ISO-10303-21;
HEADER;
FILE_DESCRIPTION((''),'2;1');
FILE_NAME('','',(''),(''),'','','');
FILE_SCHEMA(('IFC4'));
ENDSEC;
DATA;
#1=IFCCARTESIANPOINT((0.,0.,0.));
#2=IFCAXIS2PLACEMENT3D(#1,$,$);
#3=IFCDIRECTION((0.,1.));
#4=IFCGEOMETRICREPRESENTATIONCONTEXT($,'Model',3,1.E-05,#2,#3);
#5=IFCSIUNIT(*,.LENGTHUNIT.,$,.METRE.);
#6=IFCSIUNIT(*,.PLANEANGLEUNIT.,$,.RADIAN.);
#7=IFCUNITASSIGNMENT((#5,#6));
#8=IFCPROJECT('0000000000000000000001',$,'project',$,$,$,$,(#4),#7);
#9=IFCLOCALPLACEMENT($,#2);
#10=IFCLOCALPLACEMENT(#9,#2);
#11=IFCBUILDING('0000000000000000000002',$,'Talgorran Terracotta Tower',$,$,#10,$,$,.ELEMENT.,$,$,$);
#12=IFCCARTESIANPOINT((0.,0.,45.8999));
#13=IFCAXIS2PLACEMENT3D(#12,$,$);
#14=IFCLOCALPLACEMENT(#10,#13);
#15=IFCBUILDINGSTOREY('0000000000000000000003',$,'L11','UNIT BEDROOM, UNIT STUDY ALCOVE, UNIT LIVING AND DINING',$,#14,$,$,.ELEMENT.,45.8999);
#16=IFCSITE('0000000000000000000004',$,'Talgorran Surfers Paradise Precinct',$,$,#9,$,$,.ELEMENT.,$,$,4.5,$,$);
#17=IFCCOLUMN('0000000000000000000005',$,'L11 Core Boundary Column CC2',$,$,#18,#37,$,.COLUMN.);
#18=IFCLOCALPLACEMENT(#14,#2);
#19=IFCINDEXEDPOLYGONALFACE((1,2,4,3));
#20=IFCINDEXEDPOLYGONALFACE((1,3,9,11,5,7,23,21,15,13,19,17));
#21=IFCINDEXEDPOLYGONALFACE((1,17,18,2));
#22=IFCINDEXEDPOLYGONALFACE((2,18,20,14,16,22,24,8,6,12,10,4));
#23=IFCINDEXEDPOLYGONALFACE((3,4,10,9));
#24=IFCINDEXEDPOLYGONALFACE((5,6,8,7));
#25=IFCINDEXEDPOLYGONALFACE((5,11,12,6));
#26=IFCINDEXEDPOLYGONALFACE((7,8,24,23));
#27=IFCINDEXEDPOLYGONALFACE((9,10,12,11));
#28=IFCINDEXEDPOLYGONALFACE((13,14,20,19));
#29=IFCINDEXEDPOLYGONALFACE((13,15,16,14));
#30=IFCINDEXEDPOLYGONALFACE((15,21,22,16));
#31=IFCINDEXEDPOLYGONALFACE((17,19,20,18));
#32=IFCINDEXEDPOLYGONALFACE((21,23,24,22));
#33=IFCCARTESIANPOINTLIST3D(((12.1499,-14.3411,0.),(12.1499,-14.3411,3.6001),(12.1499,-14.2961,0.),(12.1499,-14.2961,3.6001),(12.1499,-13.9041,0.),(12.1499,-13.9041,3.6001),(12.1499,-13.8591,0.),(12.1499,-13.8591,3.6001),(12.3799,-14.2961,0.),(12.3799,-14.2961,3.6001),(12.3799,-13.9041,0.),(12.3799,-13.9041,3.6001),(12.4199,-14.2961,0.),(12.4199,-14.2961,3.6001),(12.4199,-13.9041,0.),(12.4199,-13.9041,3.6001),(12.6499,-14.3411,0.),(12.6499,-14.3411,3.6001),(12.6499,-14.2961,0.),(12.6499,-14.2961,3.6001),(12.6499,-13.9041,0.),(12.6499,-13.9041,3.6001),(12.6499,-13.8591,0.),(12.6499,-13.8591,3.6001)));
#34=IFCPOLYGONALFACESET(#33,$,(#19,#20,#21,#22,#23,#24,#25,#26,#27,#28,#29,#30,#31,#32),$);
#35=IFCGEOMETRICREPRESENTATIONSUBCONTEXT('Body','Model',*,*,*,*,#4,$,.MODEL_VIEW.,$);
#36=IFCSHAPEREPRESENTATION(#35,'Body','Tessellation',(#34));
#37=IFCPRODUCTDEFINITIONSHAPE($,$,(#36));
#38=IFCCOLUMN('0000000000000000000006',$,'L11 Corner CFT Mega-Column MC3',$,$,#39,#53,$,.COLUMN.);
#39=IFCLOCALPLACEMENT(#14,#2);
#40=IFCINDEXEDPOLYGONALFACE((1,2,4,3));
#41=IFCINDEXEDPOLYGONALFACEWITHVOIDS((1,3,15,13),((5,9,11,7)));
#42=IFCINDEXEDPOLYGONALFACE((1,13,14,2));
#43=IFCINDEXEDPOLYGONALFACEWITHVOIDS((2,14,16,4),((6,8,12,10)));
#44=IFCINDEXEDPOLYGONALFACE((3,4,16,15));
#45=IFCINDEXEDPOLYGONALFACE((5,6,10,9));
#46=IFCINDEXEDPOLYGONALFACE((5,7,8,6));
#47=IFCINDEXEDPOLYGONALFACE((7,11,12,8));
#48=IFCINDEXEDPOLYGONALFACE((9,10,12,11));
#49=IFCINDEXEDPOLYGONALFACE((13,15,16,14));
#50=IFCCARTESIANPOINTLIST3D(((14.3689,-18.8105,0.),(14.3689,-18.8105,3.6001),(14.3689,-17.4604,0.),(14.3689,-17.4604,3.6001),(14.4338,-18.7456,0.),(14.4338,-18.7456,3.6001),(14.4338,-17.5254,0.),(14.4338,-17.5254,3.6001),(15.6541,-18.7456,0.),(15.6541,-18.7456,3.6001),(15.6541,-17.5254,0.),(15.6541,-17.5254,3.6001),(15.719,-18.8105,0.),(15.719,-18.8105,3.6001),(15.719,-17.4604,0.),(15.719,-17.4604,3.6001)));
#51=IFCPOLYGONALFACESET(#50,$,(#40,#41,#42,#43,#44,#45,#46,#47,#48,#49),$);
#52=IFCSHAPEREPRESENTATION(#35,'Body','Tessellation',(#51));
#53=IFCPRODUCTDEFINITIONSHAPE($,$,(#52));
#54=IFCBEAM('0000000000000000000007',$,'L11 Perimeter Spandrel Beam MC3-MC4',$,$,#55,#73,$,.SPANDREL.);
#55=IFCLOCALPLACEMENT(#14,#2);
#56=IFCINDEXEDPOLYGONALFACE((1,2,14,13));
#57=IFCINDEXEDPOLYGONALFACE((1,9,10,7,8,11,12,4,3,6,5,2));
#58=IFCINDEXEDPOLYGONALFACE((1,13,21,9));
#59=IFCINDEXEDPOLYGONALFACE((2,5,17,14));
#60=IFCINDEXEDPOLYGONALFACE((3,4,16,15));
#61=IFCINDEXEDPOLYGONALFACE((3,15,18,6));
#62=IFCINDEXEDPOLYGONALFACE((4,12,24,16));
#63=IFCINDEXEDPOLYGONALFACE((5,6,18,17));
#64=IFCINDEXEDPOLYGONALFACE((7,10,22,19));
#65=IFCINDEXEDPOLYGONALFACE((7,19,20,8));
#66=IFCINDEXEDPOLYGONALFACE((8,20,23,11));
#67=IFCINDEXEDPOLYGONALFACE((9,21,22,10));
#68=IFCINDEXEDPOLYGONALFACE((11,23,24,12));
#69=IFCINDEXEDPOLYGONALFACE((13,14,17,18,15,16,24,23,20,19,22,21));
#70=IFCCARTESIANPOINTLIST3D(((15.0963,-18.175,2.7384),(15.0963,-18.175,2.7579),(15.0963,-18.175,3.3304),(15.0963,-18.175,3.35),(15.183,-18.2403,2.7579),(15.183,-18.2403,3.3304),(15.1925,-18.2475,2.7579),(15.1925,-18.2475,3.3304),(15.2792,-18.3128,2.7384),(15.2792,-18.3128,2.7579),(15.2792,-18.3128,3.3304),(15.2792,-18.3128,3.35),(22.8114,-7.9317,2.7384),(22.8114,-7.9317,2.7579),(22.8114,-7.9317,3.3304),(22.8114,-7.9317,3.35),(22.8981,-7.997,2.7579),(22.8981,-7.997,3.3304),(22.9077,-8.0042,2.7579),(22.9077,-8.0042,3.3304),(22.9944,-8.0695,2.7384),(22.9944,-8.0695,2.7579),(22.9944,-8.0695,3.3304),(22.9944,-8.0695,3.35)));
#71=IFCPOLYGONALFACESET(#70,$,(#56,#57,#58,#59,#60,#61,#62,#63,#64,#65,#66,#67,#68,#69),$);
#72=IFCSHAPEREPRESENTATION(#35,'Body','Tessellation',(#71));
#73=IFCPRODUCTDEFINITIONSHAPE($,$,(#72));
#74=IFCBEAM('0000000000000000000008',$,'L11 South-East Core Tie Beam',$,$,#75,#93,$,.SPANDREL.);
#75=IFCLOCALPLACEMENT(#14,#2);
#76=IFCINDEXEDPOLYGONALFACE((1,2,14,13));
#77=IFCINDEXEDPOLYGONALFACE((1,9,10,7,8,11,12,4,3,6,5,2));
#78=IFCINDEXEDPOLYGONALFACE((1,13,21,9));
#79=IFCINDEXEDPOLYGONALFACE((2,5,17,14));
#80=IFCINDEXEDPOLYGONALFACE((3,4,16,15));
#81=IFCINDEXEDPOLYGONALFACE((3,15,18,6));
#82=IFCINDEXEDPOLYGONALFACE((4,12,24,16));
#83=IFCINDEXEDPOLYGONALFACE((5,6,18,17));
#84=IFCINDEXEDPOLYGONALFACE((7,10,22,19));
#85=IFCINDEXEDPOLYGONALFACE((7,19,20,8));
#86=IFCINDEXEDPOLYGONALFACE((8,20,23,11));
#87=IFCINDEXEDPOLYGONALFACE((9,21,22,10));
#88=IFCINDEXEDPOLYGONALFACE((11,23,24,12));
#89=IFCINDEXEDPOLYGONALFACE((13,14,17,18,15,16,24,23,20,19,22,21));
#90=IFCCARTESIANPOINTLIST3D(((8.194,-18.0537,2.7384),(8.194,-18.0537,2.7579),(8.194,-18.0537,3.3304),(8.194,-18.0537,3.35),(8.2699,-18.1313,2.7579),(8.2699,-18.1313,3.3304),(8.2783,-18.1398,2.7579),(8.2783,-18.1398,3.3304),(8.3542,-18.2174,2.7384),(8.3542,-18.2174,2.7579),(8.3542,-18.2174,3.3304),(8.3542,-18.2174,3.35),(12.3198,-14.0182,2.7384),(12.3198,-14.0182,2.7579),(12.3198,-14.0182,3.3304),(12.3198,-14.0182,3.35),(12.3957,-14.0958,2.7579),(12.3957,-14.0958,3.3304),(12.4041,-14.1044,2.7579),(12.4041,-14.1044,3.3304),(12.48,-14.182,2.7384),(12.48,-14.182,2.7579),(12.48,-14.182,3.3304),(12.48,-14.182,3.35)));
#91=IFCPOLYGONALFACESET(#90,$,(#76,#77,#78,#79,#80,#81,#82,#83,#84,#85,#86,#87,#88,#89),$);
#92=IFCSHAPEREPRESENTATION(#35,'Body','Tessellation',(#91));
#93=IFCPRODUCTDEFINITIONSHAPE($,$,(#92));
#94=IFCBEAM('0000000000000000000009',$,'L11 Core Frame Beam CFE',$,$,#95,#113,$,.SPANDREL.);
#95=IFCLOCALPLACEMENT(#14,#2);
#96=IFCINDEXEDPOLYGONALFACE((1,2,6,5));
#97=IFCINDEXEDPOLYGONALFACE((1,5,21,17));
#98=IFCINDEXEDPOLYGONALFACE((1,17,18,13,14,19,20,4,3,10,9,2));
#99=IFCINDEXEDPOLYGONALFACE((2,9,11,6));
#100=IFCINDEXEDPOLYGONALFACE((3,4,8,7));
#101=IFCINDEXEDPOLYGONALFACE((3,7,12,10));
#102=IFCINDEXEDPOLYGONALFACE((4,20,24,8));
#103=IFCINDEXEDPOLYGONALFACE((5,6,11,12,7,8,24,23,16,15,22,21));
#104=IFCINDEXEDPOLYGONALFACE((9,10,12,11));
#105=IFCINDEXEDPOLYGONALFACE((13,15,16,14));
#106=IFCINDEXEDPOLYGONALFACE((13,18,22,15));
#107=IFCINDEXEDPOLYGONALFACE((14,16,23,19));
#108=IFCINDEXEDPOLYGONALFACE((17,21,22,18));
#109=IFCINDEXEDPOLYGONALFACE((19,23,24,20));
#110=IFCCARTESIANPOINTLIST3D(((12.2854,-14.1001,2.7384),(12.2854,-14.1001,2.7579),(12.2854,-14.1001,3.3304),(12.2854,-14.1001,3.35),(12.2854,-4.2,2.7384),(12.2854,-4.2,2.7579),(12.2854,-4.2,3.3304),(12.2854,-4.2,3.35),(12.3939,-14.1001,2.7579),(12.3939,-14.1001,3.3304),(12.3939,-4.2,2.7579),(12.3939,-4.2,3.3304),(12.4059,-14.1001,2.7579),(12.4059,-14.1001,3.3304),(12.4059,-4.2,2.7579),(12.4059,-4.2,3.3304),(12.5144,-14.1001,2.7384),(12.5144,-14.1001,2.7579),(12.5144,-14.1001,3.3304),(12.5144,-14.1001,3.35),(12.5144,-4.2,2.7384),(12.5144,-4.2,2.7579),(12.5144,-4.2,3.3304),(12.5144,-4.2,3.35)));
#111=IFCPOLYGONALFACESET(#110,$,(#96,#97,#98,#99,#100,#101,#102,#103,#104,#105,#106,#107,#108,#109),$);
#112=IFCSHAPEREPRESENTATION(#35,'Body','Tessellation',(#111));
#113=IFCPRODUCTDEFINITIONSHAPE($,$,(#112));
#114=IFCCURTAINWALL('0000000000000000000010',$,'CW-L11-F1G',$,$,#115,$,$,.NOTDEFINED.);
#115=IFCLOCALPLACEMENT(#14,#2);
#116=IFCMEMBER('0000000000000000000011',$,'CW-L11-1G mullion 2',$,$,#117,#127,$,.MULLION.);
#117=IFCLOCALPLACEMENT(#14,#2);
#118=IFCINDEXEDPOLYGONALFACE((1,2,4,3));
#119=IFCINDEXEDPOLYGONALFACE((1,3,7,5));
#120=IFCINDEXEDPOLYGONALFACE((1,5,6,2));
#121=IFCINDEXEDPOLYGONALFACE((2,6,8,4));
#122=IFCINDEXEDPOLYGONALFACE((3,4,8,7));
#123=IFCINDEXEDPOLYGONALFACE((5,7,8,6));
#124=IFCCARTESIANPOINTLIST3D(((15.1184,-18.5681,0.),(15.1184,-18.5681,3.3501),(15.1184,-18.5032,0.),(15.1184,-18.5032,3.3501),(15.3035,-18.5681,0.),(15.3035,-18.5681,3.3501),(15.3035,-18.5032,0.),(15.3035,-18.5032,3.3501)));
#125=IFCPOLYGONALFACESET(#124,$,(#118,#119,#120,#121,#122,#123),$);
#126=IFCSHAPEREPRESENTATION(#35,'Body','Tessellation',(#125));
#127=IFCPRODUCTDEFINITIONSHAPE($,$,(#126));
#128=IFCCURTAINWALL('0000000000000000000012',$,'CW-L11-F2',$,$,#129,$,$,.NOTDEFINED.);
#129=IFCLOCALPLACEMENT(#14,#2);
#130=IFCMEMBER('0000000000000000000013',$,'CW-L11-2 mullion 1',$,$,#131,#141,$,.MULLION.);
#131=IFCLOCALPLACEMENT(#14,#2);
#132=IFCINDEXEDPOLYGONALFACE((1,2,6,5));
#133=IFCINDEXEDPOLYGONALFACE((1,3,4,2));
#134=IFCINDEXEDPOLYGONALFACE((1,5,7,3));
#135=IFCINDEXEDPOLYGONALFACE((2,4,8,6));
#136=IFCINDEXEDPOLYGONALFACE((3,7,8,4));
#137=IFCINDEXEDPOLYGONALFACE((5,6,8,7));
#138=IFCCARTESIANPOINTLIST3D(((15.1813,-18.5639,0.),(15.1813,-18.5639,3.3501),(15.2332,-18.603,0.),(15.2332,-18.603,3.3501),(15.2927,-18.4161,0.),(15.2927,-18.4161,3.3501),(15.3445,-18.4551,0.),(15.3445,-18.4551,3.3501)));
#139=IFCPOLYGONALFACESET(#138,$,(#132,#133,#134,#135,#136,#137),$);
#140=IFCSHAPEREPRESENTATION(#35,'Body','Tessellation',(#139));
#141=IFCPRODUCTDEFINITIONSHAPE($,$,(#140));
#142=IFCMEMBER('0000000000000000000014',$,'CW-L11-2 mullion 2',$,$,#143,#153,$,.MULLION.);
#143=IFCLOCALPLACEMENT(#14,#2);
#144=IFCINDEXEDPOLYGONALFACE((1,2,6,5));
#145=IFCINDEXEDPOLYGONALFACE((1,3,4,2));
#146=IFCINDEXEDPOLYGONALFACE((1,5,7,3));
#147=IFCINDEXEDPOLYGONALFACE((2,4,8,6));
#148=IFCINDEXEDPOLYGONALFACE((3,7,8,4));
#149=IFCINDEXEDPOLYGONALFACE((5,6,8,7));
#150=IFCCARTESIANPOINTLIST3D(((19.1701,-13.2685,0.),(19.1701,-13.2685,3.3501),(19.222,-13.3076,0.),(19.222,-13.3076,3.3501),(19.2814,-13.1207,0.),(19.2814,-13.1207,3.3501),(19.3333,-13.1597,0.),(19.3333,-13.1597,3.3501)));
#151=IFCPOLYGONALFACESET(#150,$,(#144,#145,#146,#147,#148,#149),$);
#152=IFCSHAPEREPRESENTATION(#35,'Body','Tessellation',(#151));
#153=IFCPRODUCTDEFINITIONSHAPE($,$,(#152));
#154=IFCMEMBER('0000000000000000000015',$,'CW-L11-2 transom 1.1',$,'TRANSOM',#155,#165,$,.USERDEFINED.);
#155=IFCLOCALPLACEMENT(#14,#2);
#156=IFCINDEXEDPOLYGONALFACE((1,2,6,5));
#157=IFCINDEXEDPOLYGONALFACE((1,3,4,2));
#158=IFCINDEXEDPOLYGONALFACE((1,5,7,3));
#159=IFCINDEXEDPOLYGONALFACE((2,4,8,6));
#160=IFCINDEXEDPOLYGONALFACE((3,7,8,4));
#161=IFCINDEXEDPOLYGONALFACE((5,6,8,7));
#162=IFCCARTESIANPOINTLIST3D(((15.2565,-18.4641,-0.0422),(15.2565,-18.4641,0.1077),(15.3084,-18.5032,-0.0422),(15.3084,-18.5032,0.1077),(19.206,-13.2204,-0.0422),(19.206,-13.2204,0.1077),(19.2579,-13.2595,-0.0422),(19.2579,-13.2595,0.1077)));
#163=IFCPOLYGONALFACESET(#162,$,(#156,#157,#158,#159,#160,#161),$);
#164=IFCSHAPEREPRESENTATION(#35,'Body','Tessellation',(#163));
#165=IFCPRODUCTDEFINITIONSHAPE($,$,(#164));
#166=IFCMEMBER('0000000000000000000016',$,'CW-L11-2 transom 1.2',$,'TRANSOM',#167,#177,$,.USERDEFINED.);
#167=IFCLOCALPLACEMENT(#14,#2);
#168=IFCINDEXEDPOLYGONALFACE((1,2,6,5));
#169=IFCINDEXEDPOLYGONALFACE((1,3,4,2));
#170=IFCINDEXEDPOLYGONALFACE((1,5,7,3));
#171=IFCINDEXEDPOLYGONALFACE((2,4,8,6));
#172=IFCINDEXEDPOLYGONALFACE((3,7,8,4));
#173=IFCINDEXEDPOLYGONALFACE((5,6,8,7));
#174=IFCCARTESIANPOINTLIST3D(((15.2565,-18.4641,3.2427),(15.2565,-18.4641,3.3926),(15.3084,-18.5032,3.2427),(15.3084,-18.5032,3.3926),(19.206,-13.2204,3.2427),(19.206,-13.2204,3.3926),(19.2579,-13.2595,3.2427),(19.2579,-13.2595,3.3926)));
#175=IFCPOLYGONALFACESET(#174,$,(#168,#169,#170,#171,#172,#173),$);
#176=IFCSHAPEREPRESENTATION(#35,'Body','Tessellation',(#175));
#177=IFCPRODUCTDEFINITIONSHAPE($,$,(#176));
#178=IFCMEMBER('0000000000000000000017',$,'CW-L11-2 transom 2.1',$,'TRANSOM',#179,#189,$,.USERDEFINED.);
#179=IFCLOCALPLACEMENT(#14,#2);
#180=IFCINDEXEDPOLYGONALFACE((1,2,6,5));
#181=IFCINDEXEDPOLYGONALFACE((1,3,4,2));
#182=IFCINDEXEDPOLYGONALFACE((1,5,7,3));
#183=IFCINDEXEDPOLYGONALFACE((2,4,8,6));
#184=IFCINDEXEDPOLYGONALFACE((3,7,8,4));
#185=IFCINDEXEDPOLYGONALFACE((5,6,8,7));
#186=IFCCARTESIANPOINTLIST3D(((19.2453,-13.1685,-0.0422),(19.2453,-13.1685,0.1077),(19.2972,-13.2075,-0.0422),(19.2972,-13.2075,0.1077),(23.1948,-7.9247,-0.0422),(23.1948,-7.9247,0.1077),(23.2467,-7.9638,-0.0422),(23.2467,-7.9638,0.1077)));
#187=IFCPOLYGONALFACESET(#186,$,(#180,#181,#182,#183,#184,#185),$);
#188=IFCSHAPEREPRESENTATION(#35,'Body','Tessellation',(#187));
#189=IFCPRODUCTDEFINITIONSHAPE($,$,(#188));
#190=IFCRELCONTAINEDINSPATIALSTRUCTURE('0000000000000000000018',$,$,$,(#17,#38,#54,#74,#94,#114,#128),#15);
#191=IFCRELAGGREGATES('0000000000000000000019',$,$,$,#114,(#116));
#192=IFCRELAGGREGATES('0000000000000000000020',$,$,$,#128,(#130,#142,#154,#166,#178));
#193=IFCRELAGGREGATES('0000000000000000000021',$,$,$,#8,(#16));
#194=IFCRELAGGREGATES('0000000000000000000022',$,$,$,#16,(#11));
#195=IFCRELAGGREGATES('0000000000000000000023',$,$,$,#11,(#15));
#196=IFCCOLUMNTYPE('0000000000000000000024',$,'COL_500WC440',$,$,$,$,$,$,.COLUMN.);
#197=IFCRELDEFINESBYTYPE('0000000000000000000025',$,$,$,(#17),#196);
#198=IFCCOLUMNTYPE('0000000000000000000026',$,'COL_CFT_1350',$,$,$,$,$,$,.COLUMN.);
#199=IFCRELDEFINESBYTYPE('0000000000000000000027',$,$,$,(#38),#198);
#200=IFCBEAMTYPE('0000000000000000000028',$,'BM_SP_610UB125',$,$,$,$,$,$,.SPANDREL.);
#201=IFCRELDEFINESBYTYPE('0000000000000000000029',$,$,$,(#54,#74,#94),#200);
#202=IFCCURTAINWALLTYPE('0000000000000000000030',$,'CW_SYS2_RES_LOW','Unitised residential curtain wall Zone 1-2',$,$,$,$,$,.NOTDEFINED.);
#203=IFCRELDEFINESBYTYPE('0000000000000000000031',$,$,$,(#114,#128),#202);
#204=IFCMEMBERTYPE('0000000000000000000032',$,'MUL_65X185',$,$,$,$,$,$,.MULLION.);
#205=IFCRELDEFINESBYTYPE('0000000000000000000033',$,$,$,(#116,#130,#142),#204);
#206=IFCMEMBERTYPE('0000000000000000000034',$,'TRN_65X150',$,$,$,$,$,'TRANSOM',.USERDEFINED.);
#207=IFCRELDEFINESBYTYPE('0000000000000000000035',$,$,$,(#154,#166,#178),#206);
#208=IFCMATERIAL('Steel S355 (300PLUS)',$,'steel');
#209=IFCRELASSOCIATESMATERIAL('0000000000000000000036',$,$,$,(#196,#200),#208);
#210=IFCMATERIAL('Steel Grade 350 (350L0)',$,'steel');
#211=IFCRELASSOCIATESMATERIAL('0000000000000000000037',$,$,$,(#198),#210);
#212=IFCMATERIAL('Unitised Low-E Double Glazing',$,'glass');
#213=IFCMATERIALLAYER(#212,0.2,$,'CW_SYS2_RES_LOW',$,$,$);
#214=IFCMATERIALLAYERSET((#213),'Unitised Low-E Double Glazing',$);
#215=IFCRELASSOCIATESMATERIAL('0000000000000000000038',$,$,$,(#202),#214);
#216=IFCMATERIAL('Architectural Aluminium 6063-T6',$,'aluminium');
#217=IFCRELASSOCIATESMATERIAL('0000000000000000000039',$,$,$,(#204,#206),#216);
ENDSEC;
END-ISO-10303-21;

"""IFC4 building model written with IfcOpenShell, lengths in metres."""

from ifc_helpers import new_model, si_unit, direction, frame, origin, origin_2d, place, context, subcontext, project, spatial, rectangle, hollow_rectangle, i_section, extrude, material, layer, layer_set, material_profile, profile_set, type_object, element, aggregate, save


model = new_model("IFC4")

# Units and contexts
model_context = context("Model", 3, precision=1e-05, world=origin(), true_north=direction((0.0, 1.0)))
body_context = subcontext(model_context, "Body", "Model", "MODEL_VIEW")
ifc_project = project(units=[si_unit("LENGTHUNIT", "METRE"), si_unit("PLANEANGLEUNIT", "RADIAN")], contexts=[model_context])

# Site, building, storey
site_placement = place(None, origin())
site = spatial("IfcSite", under=ifc_project, at=site_placement, Name="Talgorran Surfers Paradise Precinct", CompositionType="ELEMENT", RefElevation=4.5)
building_placement = place(site_placement, origin())
building = spatial("IfcBuilding", under=site, at=building_placement, Name="Talgorran Terracotta Tower", CompositionType="ELEMENT")
storey_placement = place(building_placement, frame((0.0, 0.0, 45.8999)))
storey = spatial("IfcBuildingStorey", under=building, at=storey_placement, Name="L11", Description="UNIT BEDROOM, UNIT STUDY ALCOVE, UNIT LIVING AND DINING", CompositionType="ELEMENT", Elevation=45.8999)

# Columns
ifc_material_1 = material(Name="Steel S355 (300PLUS)", Category="steel")
ifc_material_profile_1 = material_profile(ifc_material_1, i_section(OverallWidth=0.5, OverallDepth=0.4819, WebThickness=0.04, FlangeThickness=0.0449, at=origin_2d()), Name="500WC440")
ifc_profile_set_1 = profile_set([ifc_material_profile_1], Name="Steel S355 (300PLUS)")
column_type_1 = type_object("IfcColumnType", Name="COL_500WC440", PredefinedType="COLUMN", material=ifc_profile_set_1)
column_1_placement = place(storey_placement, frame((12.3999, -14.1001, 0.0), z_axis=(0.0, 0.0, 1.0), x_axis=(1.0, 0.0, 0.0)))
element("IfcColumn", 1, at=column_1_placement, inside=storey, type_object=column_type_1, Name="L11 Core Boundary Column CC2", PredefinedType="COLUMN", context=body_context, shape_type="SweptSolid", body=[
    extrude(i_section(OverallWidth=0.5, OverallDepth=0.4819, WebThickness=0.04, FlangeThickness=0.0449, at=origin_2d()), origin(), (0.0, 0.0, 1.0), 3.6001),
])
ifc_material_2 = material(Name="Steel Grade 350 (350L0)", Category="steel")
ifc_material_profile_2 = material_profile(ifc_material_2, hollow_rectangle(XDim=1.3501, YDim=1.3501, WallThickness=0.0649, at=origin_2d()), Name="CFT1350X1350X65")
ifc_profile_set_2 = profile_set([ifc_material_profile_2], Name="Steel Grade 350 (350L0)")
column_type_2 = type_object("IfcColumnType", Name="COL_CFT_1350", PredefinedType="COLUMN", material=ifc_profile_set_2)
column_2_placement = place(storey_placement, frame((15.0439, -18.1355, 0.0), z_axis=(0.0, 0.0, 1.0), x_axis=(1.0, 0.0, 0.0)))
element("IfcColumn", 2, at=column_2_placement, inside=storey, type_object=column_type_2, Name="L11 Corner CFT Mega-Column MC3", PredefinedType="COLUMN", context=body_context, shape_type="SweptSolid", body=[
    extrude(hollow_rectangle(XDim=1.3501, YDim=1.3501, WallThickness=0.0649, at=origin_2d()), origin(), (0.0, 0.0, 1.0), 3.6001),
])

# Beams
ifc_material_profile_3 = material_profile(ifc_material_1, i_section(OverallWidth=0.229, OverallDepth=0.6116, WebThickness=0.012, FlangeThickness=0.0195, at=origin_2d()), Name="610UB125")
ifc_profile_set_3 = profile_set([ifc_material_profile_3], Name="Steel S355 (300PLUS)")
beam_type = type_object("IfcBeamType", Name="BM_SP_610UB125", PredefinedType="SPANDREL", material=ifc_profile_set_3)
beam_1_placement = place(storey_placement, frame((15.1877, -18.2439, 3.0442), z_axis=(0.601631, 0.798774, 0.0), x_axis=(-0.798774, 0.601631, 0.0)))
element("IfcBeam", 3, at=beam_1_placement, inside=storey, type_object=beam_type, Name="L11 Perimeter Spandrel Beam MC3-MC4", PredefinedType="SPANDREL", context=body_context, shape_type="SweptSolid", body=[
    extrude(i_section(OverallWidth=0.229, OverallDepth=0.6116, WebThickness=0.012, FlangeThickness=0.0195, at=origin_2d()), origin(), (0.0, 0.0, 1.0), 12.8237),
])
beam_2_placement = place(storey_placement, frame((12.3999, -14.1001, 3.0442), z_axis=(-0.71489, -0.699237, 0.0), x_axis=(0.699237, -0.71489, 0.0)))
element("IfcBeam", 4, at=beam_2_placement, inside=storey, type_object=beam_type, Name="L11 South-East Core Tie Beam", PredefinedType="SPANDREL", context=body_context, shape_type="SweptSolid", body=[
    extrude(i_section(OverallWidth=0.229, OverallDepth=0.6116, WebThickness=0.012, FlangeThickness=0.0195, at=origin_2d()), origin(), (0.0, 0.0, 1.0), 5.7712),
])
beam_3_placement = place(storey_placement, frame((12.3999, -14.1001, 3.0442), z_axis=(0.0, 1.0, 0.0), x_axis=(-1.0, 0.0, 0.0)))
element("IfcBeam", 5, at=beam_3_placement, inside=storey, type_object=beam_type, Name="L11 Core Frame Beam CFE", PredefinedType="SPANDREL", context=body_context, shape_type="SweptSolid", body=[
    extrude(i_section(OverallWidth=0.229, OverallDepth=0.6116, WebThickness=0.012, FlangeThickness=0.0195, at=origin_2d()), origin(), (0.0, 0.0, 1.0), 9.9001),
])

# Curtain wall, member
ifc_material_3 = material(Name="Unitised Low-E Double Glazing", Category="glass")
ifc_layer_1 = layer(ifc_material_3, 0.2, Name="CW_SYS2_RES_LOW")
ifc_layer_set_1 = layer_set([ifc_layer_1], Name="Unitised Low-E Double Glazing")
curtain_wall_type = type_object("IfcCurtainWallType", Name="CW_SYS2_RES_LOW", Description="Unitised residential curtain wall Zone 1-2", PredefinedType="NOTDEFINED", material=ifc_layer_set_1)
curtain_wall_1_placement = place(storey_placement, origin())
curtain_wall_1 = element("IfcCurtainWall", 6, at=curtain_wall_1_placement, inside=storey, type_object=curtain_wall_type, Name="CW-L11-F1G", PredefinedType="NOTDEFINED")
ifc_material_4 = material(Name="Architectural Aluminium 6063-T6", Category="aluminium")
ifc_material_profile_4 = material_profile(ifc_material_4, rectangle(XDim=0.0649, YDim=0.1851, at=origin_2d()), Name="CWM65X185")
ifc_profile_set_4 = profile_set([ifc_material_profile_4], Name="Architectural Aluminium 6063-T6")
member_type_1 = type_object("IfcMemberType", Name="MUL_65X185", PredefinedType="MULLION", material=ifc_profile_set_4)
member_1_placement = place(storey_placement, frame((15.2109, -18.5356, 0.0), z_axis=(0.0, 0.0, 1.0), x_axis=(0.0, 1.0, 0.0)))
member_1 = element("IfcMember", 7, at=member_1_placement, type_object=member_type_1, Name="CW-L11-1G mullion 2", PredefinedType="MULLION", context=body_context, shape_type="SweptSolid", body=[
    extrude(rectangle(XDim=0.0649, YDim=0.1851, at=origin_2d()), origin(), (0.0, 0.0, 1.0), 3.3501),
])

# Curtain wall, members
curtain_wall_2_placement = place(storey_placement, origin())
curtain_wall_2 = element("IfcCurtainWall", 8, at=curtain_wall_2_placement, inside=storey, type_object=curtain_wall_type, Name="CW-L11-F2", PredefinedType="NOTDEFINED")
member_2_placement = place(storey_placement, frame((15.2629, -18.5095, 0.0), z_axis=(0.0, 0.0, 1.0), x_axis=(-0.798774, 0.601632, 0.0)))
member_2 = element("IfcMember", 9, at=member_2_placement, type_object=member_type_1, Name="CW-L11-2 mullion 1", PredefinedType="MULLION", context=body_context, shape_type="SweptSolid", body=[
    extrude(rectangle(XDim=0.0649, YDim=0.1851, at=origin_2d()), origin(), (0.0, 0.0, 1.0), 3.3501),
])
member_3_placement = place(storey_placement, frame((19.2517, -13.2141, 0.0), z_axis=(0.0, 0.0, 1.0), x_axis=(-0.798774, 0.601632, 0.0)))
member_3 = element("IfcMember", 10, at=member_3_placement, type_object=member_type_1, Name="CW-L11-2 mullion 2", PredefinedType="MULLION", context=body_context, shape_type="SweptSolid", body=[
    extrude(rectangle(XDim=0.0649, YDim=0.1851, at=origin_2d()), origin(), (0.0, 0.0, 1.0), 3.3501),
])
ifc_material_profile_5 = material_profile(ifc_material_4, rectangle(XDim=0.0649, YDim=0.1499, at=origin_2d()), Name="CWT65X150")
ifc_profile_set_5 = profile_set([ifc_material_profile_5], Name="Architectural Aluminium 6063-T6")
member_type_2 = type_object("IfcMemberType", Name="TRN_65X150", ElementType="TRANSOM", PredefinedType="USERDEFINED", material=ifc_profile_set_5)
member_4_placement = place(storey_placement, frame((15.2825, -18.4836, 0.0327), z_axis=(0.601629, 0.798776, 0.0), x_axis=(-0.798776, 0.601629, 0.0)))
member_4 = element("IfcMember", 11, at=member_4_placement, type_object=member_type_2, Name="CW-L11-2 transom 1.1", ObjectType="TRANSOM", PredefinedType="USERDEFINED", context=body_context, shape_type="SweptSolid", body=[
    extrude(rectangle(XDim=0.0649, YDim=0.1499, at=origin_2d()), origin(), (0.0, 0.0, 1.0), 6.5647),
])
member_5_placement = place(storey_placement, frame((15.2825, -18.4836, 3.3176), z_axis=(0.601629, 0.798776, 0.0), x_axis=(-0.798776, 0.601629, 0.0)))
member_5 = element("IfcMember", 12, at=member_5_placement, type_object=member_type_2, Name="CW-L11-2 transom 1.2", ObjectType="TRANSOM", PredefinedType="USERDEFINED", context=body_context, shape_type="SweptSolid", body=[
    extrude(rectangle(XDim=0.0649, YDim=0.1499, at=origin_2d()), origin(), (0.0, 0.0, 1.0), 6.5647),
])
member_6_placement = place(storey_placement, frame((19.2712, -13.188, 0.0327), z_axis=(0.601629, 0.798776, 0.0), x_axis=(-0.798776, 0.601629, 0.0)))
member_6 = element("IfcMember", 13, at=member_6_placement, type_object=member_type_2, Name="CW-L11-2 transom 2.1", ObjectType="TRANSOM", PredefinedType="USERDEFINED", context=body_context, shape_type="SweptSolid", body=[
    extrude(rectangle(XDim=0.0649, YDim=0.1499, at=origin_2d()), origin(), (0.0, 0.0, 1.0), 6.5647),
])

aggregate(curtain_wall_1, [member_1])
aggregate(curtain_wall_2, [member_2, member_3, member_4, member_5, member_6])

save(model, "model.ifc")
